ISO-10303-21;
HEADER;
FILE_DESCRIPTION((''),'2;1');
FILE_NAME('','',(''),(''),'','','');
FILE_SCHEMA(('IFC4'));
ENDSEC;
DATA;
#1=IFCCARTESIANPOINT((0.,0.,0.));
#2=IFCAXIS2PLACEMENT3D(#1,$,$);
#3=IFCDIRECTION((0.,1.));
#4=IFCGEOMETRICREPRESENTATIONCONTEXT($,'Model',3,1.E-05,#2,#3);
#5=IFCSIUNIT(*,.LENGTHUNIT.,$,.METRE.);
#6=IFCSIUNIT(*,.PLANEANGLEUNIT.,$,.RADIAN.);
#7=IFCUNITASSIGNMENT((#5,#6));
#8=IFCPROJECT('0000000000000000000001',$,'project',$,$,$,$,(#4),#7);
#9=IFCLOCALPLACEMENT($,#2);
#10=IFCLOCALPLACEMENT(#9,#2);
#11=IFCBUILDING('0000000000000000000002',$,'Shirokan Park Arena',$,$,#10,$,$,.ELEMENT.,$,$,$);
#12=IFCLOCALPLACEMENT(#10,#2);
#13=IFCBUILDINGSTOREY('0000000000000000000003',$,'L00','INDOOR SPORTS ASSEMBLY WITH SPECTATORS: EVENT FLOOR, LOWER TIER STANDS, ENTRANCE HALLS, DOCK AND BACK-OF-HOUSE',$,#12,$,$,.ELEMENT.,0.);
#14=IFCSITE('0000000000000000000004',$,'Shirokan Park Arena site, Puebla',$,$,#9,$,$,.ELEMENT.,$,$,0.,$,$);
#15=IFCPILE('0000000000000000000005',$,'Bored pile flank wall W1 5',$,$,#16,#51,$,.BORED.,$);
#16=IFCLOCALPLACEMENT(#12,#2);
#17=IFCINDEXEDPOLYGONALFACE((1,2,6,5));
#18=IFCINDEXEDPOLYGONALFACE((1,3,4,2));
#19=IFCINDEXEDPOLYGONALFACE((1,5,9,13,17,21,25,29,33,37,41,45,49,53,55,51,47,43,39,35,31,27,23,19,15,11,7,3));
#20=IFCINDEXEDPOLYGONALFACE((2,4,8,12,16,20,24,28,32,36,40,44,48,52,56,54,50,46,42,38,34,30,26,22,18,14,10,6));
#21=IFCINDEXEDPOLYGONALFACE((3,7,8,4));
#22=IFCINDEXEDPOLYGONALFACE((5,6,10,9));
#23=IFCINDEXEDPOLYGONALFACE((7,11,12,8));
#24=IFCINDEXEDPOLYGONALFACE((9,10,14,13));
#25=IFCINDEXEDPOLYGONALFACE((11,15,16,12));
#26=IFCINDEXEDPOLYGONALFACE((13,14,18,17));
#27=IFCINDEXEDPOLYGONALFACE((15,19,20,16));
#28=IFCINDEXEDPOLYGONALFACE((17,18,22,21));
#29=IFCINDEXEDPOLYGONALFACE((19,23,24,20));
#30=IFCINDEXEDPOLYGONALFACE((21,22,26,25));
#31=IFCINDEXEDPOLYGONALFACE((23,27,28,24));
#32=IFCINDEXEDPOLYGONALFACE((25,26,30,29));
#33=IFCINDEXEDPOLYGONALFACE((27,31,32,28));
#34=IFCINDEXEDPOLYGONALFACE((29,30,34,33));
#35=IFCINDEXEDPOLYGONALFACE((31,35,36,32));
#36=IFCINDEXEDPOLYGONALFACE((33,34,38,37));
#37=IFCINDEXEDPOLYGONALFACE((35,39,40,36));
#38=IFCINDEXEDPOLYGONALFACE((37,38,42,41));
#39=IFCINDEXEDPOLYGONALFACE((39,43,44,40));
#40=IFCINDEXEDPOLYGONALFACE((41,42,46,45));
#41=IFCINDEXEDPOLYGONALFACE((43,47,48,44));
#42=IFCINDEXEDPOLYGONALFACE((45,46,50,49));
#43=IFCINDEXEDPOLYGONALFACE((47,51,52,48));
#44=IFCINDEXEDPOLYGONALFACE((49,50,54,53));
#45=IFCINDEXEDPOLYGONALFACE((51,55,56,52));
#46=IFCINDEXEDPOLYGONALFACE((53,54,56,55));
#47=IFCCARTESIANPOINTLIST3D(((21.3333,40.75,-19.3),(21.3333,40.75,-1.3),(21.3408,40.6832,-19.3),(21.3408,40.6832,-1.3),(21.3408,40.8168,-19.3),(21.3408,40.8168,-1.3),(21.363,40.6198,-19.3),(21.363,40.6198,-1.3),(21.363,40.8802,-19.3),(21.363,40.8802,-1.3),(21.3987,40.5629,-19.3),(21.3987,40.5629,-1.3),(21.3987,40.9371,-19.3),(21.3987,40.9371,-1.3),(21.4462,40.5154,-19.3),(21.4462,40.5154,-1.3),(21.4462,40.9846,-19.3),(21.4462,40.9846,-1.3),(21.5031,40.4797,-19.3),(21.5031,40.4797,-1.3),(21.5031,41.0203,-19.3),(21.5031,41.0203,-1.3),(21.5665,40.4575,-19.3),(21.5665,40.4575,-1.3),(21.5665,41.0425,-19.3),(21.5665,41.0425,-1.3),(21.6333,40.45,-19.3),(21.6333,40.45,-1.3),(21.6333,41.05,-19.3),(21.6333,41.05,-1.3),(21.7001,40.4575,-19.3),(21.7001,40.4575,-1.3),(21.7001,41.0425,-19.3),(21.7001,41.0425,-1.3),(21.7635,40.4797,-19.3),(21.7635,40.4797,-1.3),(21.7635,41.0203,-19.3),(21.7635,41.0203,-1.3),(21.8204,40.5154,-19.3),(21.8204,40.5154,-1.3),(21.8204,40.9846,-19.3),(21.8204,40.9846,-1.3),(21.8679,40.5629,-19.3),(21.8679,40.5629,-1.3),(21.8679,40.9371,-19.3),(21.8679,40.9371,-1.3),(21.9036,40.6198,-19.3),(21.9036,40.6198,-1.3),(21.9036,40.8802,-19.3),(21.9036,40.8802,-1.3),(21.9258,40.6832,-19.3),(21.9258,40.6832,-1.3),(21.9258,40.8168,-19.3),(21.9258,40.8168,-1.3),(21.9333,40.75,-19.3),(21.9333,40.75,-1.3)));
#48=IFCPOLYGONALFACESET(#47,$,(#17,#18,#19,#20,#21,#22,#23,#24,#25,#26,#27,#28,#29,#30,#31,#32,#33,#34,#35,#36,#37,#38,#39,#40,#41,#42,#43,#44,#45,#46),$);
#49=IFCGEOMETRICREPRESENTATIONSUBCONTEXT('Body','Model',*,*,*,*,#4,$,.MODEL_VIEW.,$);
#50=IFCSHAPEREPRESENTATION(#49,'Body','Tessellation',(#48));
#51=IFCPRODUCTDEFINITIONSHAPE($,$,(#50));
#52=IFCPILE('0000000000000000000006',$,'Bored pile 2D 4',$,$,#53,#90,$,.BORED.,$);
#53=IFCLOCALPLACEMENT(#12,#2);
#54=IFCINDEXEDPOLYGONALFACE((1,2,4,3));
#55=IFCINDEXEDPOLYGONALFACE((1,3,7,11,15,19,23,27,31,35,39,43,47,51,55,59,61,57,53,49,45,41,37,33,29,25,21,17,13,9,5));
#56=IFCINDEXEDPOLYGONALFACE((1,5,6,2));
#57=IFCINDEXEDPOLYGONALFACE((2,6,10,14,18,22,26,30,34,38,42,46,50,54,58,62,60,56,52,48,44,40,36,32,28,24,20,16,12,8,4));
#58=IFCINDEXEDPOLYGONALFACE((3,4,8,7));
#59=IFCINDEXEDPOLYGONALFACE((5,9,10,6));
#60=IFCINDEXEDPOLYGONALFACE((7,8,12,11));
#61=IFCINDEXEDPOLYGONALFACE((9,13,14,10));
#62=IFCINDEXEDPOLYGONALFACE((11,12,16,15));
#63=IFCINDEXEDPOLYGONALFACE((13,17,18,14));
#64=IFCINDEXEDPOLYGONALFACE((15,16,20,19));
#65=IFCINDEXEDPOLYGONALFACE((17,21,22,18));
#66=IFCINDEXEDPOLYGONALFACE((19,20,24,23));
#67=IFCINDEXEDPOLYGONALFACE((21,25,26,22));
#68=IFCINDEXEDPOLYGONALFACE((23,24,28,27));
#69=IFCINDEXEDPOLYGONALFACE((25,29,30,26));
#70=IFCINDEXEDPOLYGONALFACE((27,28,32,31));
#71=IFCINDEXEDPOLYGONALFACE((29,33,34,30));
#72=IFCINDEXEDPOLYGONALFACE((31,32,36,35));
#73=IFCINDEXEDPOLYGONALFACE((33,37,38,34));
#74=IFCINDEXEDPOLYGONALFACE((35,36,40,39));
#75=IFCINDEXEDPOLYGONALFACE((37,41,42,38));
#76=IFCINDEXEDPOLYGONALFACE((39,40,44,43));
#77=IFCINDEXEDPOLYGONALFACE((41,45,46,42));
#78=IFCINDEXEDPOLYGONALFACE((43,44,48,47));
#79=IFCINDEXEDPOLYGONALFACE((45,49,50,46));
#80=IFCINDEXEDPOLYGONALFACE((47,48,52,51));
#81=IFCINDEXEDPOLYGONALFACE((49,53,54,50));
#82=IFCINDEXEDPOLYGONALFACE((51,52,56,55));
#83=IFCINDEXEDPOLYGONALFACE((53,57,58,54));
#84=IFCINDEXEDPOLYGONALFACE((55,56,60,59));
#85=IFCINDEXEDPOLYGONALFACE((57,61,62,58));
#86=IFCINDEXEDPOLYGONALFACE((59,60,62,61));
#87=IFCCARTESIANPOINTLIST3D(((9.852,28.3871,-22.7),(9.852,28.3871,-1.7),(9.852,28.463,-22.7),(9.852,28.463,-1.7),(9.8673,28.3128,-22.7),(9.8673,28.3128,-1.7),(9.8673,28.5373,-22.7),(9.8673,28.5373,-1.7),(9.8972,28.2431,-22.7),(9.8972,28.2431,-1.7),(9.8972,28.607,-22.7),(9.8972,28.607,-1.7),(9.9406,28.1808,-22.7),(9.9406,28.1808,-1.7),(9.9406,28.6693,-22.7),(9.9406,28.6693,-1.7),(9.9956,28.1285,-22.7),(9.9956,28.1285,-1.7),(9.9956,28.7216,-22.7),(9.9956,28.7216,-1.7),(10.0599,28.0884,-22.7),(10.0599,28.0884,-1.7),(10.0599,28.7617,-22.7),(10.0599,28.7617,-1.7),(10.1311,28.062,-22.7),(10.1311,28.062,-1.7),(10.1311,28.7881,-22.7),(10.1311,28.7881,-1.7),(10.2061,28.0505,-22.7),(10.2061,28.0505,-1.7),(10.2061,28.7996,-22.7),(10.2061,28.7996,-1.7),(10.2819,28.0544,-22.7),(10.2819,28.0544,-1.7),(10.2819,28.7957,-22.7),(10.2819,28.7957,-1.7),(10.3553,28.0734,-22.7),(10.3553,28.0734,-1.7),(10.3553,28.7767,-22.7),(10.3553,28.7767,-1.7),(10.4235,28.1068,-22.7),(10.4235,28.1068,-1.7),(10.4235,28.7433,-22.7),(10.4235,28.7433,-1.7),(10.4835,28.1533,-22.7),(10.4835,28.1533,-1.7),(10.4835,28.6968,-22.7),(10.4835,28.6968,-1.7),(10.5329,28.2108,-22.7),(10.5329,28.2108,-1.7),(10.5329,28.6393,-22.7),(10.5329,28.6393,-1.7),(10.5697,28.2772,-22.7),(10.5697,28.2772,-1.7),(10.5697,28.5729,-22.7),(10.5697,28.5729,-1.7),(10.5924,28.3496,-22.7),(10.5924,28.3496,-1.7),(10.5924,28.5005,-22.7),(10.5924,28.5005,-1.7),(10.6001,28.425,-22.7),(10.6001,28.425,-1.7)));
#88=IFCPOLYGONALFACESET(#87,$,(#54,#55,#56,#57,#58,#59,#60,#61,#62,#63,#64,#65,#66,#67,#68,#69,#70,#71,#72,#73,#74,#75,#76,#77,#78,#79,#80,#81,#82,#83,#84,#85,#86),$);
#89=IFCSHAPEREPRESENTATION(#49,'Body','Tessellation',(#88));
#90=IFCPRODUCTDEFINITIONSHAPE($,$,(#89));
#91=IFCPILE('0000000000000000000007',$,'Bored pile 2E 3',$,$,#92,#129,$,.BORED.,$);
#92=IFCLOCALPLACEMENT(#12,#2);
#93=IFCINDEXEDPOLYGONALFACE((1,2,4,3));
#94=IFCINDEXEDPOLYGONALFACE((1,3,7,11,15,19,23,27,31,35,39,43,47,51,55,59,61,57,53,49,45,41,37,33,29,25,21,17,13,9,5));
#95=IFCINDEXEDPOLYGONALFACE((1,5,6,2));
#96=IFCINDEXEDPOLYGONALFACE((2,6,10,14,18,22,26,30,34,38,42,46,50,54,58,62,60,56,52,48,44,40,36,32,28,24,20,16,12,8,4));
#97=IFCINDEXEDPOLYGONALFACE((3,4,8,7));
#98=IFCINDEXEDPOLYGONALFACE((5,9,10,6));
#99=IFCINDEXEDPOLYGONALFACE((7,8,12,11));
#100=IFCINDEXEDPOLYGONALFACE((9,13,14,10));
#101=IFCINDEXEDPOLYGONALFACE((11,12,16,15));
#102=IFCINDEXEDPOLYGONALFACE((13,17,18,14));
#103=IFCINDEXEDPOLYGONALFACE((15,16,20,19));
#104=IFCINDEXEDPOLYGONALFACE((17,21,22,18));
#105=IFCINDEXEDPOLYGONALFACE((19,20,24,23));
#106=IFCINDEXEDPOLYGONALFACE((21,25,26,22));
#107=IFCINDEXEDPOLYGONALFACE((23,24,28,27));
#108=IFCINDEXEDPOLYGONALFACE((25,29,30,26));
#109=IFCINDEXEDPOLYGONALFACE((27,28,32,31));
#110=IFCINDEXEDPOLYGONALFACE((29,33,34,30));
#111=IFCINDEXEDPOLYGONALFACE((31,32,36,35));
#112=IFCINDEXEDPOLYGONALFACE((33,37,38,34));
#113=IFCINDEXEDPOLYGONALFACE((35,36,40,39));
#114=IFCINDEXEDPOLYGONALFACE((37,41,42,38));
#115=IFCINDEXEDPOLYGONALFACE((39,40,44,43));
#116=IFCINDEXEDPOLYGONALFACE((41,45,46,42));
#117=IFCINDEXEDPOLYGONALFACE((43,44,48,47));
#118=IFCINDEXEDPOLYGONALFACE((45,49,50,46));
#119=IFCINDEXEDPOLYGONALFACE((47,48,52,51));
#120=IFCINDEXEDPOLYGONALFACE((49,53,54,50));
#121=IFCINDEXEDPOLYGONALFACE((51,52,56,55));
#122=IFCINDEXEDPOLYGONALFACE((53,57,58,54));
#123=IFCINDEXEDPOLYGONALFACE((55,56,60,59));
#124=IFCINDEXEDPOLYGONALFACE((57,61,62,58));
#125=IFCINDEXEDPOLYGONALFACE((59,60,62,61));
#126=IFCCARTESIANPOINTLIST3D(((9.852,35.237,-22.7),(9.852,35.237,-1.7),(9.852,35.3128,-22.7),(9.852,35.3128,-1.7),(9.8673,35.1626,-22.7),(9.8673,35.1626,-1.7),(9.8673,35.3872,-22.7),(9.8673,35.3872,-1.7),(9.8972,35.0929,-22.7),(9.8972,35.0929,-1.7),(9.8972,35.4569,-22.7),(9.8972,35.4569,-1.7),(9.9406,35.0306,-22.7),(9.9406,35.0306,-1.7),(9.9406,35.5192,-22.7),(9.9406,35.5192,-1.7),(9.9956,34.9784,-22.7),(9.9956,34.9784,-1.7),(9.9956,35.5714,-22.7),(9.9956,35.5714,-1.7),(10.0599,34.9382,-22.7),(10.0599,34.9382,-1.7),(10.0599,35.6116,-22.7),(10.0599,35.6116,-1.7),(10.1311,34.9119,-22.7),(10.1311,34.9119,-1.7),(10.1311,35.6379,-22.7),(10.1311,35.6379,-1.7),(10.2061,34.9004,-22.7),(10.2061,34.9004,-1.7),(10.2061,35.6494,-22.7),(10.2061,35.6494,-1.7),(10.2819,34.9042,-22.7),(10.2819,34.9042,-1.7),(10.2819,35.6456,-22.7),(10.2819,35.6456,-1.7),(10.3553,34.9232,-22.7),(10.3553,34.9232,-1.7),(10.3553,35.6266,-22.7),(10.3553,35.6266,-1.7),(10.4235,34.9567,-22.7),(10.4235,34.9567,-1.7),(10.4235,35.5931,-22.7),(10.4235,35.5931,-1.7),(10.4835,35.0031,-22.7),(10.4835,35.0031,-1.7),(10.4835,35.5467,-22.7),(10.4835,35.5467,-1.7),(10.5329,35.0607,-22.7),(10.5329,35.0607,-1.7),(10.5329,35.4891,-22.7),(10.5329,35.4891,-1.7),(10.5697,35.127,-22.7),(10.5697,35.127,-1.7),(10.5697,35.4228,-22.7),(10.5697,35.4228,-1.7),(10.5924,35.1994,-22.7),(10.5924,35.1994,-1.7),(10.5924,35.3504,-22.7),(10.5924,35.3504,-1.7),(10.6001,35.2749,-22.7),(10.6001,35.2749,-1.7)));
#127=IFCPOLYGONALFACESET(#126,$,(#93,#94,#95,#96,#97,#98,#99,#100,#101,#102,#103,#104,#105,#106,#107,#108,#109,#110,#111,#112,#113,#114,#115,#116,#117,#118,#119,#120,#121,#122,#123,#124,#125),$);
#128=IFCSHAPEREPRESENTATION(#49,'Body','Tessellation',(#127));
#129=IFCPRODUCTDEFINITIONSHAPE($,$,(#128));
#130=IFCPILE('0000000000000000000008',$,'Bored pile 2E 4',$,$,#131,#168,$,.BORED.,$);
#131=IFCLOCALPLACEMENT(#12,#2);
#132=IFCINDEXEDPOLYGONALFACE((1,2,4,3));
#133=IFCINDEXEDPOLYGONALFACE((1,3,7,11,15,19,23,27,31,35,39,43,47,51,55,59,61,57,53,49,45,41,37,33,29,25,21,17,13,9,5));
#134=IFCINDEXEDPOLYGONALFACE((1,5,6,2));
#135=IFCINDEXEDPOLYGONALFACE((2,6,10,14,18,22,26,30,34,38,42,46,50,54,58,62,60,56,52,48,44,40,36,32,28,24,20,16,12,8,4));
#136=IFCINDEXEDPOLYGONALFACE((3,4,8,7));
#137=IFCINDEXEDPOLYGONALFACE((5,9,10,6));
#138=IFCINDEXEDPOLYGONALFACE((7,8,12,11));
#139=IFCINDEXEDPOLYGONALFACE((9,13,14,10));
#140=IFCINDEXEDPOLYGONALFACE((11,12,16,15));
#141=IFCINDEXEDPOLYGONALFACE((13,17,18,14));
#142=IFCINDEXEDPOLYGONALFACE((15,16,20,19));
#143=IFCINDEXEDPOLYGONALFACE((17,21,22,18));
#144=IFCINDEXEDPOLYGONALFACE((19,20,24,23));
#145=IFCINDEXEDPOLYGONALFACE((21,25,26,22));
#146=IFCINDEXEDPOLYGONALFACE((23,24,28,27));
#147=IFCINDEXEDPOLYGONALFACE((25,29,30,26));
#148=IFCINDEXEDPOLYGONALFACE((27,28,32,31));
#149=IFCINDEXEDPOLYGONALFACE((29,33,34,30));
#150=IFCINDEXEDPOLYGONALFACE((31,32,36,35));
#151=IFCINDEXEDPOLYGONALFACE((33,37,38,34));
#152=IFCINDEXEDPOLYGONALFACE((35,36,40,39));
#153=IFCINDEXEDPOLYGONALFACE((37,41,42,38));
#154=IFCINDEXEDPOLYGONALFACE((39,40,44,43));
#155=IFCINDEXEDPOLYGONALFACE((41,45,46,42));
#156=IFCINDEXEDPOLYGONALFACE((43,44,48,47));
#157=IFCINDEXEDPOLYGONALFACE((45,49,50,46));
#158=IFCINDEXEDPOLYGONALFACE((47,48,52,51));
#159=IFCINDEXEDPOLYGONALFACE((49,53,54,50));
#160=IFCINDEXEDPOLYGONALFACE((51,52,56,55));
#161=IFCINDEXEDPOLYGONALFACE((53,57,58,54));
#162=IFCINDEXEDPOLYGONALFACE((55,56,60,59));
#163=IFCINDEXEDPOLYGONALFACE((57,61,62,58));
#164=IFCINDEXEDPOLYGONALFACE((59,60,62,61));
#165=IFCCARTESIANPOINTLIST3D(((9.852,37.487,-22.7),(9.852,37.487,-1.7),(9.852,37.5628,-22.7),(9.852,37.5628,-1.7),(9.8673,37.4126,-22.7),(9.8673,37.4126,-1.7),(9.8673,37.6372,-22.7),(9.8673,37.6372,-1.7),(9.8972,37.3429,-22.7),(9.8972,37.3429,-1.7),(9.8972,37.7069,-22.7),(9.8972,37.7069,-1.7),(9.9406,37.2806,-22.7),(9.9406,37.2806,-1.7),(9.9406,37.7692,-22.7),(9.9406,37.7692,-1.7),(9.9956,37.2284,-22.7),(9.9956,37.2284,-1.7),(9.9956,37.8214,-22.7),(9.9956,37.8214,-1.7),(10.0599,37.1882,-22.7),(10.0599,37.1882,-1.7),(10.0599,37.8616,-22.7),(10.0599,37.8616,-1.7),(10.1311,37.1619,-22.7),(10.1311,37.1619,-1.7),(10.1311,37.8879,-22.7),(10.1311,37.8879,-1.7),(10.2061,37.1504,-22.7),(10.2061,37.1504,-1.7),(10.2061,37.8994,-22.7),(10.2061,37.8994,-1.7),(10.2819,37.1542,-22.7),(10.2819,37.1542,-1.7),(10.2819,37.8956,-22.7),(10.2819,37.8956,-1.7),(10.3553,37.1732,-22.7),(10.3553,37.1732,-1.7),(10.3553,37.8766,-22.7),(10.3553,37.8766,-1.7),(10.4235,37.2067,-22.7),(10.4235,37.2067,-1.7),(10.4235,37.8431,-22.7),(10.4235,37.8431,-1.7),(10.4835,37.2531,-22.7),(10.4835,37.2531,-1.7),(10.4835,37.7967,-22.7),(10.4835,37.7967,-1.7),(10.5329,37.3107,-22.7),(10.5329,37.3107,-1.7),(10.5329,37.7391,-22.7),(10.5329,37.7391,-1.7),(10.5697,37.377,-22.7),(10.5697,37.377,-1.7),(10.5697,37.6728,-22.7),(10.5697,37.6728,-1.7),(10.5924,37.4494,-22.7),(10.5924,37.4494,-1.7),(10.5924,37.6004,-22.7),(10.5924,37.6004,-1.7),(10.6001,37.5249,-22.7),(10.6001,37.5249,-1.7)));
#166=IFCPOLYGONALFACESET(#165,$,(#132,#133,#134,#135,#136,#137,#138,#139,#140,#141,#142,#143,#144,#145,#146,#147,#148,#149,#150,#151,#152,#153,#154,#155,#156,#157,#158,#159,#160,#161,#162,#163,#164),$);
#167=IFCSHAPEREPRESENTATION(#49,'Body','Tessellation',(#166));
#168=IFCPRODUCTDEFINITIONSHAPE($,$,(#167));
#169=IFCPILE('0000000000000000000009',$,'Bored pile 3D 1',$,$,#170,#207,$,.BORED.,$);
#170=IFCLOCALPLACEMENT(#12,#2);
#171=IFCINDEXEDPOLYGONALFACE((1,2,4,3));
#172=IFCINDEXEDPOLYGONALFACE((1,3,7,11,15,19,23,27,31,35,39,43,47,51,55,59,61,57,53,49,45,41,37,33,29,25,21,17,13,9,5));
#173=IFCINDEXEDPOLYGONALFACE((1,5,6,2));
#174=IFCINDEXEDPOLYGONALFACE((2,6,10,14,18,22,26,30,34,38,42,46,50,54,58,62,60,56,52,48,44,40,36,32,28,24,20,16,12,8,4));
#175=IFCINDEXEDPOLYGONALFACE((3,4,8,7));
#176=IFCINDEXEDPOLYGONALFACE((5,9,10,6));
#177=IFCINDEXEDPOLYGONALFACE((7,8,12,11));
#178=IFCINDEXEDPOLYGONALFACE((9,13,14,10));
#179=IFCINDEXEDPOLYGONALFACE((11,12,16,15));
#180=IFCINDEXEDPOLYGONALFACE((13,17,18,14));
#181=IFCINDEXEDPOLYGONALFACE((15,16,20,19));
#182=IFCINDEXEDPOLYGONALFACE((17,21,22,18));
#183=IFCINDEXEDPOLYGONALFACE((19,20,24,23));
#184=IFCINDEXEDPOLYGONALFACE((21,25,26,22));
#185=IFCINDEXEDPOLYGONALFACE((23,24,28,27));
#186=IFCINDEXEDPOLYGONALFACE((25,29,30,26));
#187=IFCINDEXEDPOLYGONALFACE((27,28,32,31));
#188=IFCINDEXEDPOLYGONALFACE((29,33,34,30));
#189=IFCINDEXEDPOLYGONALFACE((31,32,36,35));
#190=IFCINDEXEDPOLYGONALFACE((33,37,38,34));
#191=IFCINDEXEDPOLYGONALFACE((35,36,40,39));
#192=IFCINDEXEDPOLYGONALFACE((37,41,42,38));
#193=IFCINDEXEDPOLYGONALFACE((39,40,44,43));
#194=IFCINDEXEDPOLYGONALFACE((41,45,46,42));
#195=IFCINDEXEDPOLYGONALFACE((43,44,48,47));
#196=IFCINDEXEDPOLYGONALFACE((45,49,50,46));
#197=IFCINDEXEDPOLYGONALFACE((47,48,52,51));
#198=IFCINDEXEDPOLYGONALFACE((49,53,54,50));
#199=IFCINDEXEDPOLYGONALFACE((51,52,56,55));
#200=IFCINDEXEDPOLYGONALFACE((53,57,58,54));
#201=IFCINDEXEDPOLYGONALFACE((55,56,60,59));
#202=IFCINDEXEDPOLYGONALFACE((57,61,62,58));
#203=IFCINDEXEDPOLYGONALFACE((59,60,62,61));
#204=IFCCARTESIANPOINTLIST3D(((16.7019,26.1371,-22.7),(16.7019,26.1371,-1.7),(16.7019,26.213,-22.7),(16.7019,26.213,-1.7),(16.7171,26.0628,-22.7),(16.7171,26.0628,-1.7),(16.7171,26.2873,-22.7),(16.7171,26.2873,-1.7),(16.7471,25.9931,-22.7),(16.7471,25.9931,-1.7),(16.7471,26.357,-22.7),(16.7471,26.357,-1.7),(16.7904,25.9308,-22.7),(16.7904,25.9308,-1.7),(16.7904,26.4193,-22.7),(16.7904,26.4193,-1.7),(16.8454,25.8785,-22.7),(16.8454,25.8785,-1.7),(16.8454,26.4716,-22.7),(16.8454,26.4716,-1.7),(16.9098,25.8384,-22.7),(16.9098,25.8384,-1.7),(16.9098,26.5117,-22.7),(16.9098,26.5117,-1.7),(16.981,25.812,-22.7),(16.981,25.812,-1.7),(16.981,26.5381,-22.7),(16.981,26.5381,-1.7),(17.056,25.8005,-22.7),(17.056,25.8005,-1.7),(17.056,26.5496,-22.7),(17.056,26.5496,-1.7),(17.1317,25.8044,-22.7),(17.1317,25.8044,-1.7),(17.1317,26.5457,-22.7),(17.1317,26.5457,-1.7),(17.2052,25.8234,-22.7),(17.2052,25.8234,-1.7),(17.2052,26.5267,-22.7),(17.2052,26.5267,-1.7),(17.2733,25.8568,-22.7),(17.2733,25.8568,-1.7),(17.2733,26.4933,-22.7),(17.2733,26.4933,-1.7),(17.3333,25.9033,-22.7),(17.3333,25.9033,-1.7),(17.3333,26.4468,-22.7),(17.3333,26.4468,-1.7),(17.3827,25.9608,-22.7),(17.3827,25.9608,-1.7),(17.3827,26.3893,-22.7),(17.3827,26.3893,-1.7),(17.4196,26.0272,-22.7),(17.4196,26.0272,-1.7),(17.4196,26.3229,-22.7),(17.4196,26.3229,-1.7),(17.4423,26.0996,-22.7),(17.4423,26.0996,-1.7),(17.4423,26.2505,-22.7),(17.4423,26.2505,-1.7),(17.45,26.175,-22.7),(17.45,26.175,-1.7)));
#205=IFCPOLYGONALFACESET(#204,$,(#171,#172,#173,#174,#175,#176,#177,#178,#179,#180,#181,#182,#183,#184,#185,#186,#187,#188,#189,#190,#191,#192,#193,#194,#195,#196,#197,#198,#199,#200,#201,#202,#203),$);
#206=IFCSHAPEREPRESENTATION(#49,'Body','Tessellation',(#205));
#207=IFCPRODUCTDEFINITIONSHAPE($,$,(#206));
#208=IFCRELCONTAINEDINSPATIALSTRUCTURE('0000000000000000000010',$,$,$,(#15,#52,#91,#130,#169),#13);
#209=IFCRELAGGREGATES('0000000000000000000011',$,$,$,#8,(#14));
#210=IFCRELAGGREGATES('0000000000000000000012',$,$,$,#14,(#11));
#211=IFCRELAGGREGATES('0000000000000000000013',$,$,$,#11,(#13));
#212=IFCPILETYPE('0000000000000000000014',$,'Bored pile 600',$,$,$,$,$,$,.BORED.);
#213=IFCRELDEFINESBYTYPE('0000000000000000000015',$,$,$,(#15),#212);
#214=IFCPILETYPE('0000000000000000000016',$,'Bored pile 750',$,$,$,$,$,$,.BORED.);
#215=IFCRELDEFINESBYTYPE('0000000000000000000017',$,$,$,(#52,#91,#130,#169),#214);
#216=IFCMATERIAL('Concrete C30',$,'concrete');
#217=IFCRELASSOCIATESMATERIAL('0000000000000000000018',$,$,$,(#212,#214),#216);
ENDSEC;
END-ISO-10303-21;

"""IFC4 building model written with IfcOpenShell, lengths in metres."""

from ifc_helpers import new_model, si_unit, direction, frame, origin, origin_2d, place, context, subcontext, project, spatial, circle, extrude, material, material_profile, profile_set, type_object, element, save


model = new_model("IFC4")

# Units and contexts
model_context = context("Model", 3, precision=1e-05, world=origin(), true_north=direction((0.0, 1.0)))
body_context = subcontext(model_context, "Body", "Model", "MODEL_VIEW")
ifc_project = project(units=[si_unit("LENGTHUNIT", "METRE"), si_unit("PLANEANGLEUNIT", "RADIAN")], contexts=[model_context])

# Site, building, storey
site_placement = place(None, origin())
site = spatial("IfcSite", under=ifc_project, at=site_placement, Name="Shirokan Park Arena site, Puebla", CompositionType="ELEMENT", RefElevation=0.0)
building_placement = place(site_placement, origin())
building = spatial("IfcBuilding", under=site, at=building_placement, Name="Shirokan Park Arena", CompositionType="ELEMENT")
storey_placement = place(building_placement, origin())
storey = spatial("IfcBuildingStorey", under=building, at=storey_placement, Name="L00", Description="INDOOR SPORTS ASSEMBLY WITH SPECTATORS: EVENT FLOOR, LOWER TIER STANDS, ENTRANCE HALLS, DOCK AND BACK-OF-HOUSE", CompositionType="ELEMENT", Elevation=0.0)

# Piles
ifc_material_1 = material(Name="Concrete C30", Category="concrete")
ifc_material_profile_1 = material_profile(ifc_material_1, circle(Radius=0.3, at=origin_2d()), Name="D600")
ifc_profile_set_1 = profile_set([ifc_material_profile_1], Name="Concrete C30")
pile_type_1 = type_object("IfcPileType", Name="Bored pile 600", PredefinedType="BORED", material=ifc_profile_set_1)
pile_placement = place(storey_placement, frame((21.6333, 40.75, -1.3), z_axis=(0.0, 0.0, -1.0), x_axis=(1.0, 0.0, 0.0)))
element("IfcPile", 1, at=pile_placement, inside=storey, type_object=pile_type_1, Name="Bored pile flank wall W1 5", PredefinedType="BORED", context=body_context, shape_type="SweptSolid", body=[
    extrude(circle(Radius=0.3, at=origin_2d()), origin(), (0.0, 0.0, 1.0), 18.0),
])
ifc_material_profile_2 = material_profile(ifc_material_1, circle(Radius=0.375, at=origin_2d()), Name="D750")
ifc_profile_set_2 = profile_set([ifc_material_profile_2], Name="Concrete C30")
pile_type_2 = type_object("IfcPileType", Name="Bored pile 750", PredefinedType="BORED", material=ifc_profile_set_2)
for number, where, z_axis, x_axis, name in (
    (2, (10.2251, 28.425, -1.7), (0.0, 0.0, -1.0), (1.0, 0.0, 0.0), "Bored pile 2D 4"),
    (3, (10.2251, 35.2749, -1.7), (0.0, 0.0, -1.0), (1.0, 0.0, 0.0), "Bored pile 2E 3"),
    (4, (10.2251, 37.5249, -1.7), (0.0, 0.0, -1.0), (1.0, 0.0, 0.0), "Bored pile 2E 4"),
    (5, (17.075, 26.175, -1.7), (0.0, 0.0, -1.0), (1.0, 0.0, 0.0), "Bored pile 3D 1"),
):
    element("IfcPile", number, at=place(storey_placement, frame(where, z_axis=z_axis, x_axis=x_axis)), inside=storey, type_object=pile_type_2, Name=name, PredefinedType="BORED", context=body_context, shape_type="SweptSolid", body=[
        extrude(circle(Radius=0.375, at=origin_2d()), origin(), (0.0, 0.0, 1.0), 21.0),
    ])

save(model, "model.ifc")
